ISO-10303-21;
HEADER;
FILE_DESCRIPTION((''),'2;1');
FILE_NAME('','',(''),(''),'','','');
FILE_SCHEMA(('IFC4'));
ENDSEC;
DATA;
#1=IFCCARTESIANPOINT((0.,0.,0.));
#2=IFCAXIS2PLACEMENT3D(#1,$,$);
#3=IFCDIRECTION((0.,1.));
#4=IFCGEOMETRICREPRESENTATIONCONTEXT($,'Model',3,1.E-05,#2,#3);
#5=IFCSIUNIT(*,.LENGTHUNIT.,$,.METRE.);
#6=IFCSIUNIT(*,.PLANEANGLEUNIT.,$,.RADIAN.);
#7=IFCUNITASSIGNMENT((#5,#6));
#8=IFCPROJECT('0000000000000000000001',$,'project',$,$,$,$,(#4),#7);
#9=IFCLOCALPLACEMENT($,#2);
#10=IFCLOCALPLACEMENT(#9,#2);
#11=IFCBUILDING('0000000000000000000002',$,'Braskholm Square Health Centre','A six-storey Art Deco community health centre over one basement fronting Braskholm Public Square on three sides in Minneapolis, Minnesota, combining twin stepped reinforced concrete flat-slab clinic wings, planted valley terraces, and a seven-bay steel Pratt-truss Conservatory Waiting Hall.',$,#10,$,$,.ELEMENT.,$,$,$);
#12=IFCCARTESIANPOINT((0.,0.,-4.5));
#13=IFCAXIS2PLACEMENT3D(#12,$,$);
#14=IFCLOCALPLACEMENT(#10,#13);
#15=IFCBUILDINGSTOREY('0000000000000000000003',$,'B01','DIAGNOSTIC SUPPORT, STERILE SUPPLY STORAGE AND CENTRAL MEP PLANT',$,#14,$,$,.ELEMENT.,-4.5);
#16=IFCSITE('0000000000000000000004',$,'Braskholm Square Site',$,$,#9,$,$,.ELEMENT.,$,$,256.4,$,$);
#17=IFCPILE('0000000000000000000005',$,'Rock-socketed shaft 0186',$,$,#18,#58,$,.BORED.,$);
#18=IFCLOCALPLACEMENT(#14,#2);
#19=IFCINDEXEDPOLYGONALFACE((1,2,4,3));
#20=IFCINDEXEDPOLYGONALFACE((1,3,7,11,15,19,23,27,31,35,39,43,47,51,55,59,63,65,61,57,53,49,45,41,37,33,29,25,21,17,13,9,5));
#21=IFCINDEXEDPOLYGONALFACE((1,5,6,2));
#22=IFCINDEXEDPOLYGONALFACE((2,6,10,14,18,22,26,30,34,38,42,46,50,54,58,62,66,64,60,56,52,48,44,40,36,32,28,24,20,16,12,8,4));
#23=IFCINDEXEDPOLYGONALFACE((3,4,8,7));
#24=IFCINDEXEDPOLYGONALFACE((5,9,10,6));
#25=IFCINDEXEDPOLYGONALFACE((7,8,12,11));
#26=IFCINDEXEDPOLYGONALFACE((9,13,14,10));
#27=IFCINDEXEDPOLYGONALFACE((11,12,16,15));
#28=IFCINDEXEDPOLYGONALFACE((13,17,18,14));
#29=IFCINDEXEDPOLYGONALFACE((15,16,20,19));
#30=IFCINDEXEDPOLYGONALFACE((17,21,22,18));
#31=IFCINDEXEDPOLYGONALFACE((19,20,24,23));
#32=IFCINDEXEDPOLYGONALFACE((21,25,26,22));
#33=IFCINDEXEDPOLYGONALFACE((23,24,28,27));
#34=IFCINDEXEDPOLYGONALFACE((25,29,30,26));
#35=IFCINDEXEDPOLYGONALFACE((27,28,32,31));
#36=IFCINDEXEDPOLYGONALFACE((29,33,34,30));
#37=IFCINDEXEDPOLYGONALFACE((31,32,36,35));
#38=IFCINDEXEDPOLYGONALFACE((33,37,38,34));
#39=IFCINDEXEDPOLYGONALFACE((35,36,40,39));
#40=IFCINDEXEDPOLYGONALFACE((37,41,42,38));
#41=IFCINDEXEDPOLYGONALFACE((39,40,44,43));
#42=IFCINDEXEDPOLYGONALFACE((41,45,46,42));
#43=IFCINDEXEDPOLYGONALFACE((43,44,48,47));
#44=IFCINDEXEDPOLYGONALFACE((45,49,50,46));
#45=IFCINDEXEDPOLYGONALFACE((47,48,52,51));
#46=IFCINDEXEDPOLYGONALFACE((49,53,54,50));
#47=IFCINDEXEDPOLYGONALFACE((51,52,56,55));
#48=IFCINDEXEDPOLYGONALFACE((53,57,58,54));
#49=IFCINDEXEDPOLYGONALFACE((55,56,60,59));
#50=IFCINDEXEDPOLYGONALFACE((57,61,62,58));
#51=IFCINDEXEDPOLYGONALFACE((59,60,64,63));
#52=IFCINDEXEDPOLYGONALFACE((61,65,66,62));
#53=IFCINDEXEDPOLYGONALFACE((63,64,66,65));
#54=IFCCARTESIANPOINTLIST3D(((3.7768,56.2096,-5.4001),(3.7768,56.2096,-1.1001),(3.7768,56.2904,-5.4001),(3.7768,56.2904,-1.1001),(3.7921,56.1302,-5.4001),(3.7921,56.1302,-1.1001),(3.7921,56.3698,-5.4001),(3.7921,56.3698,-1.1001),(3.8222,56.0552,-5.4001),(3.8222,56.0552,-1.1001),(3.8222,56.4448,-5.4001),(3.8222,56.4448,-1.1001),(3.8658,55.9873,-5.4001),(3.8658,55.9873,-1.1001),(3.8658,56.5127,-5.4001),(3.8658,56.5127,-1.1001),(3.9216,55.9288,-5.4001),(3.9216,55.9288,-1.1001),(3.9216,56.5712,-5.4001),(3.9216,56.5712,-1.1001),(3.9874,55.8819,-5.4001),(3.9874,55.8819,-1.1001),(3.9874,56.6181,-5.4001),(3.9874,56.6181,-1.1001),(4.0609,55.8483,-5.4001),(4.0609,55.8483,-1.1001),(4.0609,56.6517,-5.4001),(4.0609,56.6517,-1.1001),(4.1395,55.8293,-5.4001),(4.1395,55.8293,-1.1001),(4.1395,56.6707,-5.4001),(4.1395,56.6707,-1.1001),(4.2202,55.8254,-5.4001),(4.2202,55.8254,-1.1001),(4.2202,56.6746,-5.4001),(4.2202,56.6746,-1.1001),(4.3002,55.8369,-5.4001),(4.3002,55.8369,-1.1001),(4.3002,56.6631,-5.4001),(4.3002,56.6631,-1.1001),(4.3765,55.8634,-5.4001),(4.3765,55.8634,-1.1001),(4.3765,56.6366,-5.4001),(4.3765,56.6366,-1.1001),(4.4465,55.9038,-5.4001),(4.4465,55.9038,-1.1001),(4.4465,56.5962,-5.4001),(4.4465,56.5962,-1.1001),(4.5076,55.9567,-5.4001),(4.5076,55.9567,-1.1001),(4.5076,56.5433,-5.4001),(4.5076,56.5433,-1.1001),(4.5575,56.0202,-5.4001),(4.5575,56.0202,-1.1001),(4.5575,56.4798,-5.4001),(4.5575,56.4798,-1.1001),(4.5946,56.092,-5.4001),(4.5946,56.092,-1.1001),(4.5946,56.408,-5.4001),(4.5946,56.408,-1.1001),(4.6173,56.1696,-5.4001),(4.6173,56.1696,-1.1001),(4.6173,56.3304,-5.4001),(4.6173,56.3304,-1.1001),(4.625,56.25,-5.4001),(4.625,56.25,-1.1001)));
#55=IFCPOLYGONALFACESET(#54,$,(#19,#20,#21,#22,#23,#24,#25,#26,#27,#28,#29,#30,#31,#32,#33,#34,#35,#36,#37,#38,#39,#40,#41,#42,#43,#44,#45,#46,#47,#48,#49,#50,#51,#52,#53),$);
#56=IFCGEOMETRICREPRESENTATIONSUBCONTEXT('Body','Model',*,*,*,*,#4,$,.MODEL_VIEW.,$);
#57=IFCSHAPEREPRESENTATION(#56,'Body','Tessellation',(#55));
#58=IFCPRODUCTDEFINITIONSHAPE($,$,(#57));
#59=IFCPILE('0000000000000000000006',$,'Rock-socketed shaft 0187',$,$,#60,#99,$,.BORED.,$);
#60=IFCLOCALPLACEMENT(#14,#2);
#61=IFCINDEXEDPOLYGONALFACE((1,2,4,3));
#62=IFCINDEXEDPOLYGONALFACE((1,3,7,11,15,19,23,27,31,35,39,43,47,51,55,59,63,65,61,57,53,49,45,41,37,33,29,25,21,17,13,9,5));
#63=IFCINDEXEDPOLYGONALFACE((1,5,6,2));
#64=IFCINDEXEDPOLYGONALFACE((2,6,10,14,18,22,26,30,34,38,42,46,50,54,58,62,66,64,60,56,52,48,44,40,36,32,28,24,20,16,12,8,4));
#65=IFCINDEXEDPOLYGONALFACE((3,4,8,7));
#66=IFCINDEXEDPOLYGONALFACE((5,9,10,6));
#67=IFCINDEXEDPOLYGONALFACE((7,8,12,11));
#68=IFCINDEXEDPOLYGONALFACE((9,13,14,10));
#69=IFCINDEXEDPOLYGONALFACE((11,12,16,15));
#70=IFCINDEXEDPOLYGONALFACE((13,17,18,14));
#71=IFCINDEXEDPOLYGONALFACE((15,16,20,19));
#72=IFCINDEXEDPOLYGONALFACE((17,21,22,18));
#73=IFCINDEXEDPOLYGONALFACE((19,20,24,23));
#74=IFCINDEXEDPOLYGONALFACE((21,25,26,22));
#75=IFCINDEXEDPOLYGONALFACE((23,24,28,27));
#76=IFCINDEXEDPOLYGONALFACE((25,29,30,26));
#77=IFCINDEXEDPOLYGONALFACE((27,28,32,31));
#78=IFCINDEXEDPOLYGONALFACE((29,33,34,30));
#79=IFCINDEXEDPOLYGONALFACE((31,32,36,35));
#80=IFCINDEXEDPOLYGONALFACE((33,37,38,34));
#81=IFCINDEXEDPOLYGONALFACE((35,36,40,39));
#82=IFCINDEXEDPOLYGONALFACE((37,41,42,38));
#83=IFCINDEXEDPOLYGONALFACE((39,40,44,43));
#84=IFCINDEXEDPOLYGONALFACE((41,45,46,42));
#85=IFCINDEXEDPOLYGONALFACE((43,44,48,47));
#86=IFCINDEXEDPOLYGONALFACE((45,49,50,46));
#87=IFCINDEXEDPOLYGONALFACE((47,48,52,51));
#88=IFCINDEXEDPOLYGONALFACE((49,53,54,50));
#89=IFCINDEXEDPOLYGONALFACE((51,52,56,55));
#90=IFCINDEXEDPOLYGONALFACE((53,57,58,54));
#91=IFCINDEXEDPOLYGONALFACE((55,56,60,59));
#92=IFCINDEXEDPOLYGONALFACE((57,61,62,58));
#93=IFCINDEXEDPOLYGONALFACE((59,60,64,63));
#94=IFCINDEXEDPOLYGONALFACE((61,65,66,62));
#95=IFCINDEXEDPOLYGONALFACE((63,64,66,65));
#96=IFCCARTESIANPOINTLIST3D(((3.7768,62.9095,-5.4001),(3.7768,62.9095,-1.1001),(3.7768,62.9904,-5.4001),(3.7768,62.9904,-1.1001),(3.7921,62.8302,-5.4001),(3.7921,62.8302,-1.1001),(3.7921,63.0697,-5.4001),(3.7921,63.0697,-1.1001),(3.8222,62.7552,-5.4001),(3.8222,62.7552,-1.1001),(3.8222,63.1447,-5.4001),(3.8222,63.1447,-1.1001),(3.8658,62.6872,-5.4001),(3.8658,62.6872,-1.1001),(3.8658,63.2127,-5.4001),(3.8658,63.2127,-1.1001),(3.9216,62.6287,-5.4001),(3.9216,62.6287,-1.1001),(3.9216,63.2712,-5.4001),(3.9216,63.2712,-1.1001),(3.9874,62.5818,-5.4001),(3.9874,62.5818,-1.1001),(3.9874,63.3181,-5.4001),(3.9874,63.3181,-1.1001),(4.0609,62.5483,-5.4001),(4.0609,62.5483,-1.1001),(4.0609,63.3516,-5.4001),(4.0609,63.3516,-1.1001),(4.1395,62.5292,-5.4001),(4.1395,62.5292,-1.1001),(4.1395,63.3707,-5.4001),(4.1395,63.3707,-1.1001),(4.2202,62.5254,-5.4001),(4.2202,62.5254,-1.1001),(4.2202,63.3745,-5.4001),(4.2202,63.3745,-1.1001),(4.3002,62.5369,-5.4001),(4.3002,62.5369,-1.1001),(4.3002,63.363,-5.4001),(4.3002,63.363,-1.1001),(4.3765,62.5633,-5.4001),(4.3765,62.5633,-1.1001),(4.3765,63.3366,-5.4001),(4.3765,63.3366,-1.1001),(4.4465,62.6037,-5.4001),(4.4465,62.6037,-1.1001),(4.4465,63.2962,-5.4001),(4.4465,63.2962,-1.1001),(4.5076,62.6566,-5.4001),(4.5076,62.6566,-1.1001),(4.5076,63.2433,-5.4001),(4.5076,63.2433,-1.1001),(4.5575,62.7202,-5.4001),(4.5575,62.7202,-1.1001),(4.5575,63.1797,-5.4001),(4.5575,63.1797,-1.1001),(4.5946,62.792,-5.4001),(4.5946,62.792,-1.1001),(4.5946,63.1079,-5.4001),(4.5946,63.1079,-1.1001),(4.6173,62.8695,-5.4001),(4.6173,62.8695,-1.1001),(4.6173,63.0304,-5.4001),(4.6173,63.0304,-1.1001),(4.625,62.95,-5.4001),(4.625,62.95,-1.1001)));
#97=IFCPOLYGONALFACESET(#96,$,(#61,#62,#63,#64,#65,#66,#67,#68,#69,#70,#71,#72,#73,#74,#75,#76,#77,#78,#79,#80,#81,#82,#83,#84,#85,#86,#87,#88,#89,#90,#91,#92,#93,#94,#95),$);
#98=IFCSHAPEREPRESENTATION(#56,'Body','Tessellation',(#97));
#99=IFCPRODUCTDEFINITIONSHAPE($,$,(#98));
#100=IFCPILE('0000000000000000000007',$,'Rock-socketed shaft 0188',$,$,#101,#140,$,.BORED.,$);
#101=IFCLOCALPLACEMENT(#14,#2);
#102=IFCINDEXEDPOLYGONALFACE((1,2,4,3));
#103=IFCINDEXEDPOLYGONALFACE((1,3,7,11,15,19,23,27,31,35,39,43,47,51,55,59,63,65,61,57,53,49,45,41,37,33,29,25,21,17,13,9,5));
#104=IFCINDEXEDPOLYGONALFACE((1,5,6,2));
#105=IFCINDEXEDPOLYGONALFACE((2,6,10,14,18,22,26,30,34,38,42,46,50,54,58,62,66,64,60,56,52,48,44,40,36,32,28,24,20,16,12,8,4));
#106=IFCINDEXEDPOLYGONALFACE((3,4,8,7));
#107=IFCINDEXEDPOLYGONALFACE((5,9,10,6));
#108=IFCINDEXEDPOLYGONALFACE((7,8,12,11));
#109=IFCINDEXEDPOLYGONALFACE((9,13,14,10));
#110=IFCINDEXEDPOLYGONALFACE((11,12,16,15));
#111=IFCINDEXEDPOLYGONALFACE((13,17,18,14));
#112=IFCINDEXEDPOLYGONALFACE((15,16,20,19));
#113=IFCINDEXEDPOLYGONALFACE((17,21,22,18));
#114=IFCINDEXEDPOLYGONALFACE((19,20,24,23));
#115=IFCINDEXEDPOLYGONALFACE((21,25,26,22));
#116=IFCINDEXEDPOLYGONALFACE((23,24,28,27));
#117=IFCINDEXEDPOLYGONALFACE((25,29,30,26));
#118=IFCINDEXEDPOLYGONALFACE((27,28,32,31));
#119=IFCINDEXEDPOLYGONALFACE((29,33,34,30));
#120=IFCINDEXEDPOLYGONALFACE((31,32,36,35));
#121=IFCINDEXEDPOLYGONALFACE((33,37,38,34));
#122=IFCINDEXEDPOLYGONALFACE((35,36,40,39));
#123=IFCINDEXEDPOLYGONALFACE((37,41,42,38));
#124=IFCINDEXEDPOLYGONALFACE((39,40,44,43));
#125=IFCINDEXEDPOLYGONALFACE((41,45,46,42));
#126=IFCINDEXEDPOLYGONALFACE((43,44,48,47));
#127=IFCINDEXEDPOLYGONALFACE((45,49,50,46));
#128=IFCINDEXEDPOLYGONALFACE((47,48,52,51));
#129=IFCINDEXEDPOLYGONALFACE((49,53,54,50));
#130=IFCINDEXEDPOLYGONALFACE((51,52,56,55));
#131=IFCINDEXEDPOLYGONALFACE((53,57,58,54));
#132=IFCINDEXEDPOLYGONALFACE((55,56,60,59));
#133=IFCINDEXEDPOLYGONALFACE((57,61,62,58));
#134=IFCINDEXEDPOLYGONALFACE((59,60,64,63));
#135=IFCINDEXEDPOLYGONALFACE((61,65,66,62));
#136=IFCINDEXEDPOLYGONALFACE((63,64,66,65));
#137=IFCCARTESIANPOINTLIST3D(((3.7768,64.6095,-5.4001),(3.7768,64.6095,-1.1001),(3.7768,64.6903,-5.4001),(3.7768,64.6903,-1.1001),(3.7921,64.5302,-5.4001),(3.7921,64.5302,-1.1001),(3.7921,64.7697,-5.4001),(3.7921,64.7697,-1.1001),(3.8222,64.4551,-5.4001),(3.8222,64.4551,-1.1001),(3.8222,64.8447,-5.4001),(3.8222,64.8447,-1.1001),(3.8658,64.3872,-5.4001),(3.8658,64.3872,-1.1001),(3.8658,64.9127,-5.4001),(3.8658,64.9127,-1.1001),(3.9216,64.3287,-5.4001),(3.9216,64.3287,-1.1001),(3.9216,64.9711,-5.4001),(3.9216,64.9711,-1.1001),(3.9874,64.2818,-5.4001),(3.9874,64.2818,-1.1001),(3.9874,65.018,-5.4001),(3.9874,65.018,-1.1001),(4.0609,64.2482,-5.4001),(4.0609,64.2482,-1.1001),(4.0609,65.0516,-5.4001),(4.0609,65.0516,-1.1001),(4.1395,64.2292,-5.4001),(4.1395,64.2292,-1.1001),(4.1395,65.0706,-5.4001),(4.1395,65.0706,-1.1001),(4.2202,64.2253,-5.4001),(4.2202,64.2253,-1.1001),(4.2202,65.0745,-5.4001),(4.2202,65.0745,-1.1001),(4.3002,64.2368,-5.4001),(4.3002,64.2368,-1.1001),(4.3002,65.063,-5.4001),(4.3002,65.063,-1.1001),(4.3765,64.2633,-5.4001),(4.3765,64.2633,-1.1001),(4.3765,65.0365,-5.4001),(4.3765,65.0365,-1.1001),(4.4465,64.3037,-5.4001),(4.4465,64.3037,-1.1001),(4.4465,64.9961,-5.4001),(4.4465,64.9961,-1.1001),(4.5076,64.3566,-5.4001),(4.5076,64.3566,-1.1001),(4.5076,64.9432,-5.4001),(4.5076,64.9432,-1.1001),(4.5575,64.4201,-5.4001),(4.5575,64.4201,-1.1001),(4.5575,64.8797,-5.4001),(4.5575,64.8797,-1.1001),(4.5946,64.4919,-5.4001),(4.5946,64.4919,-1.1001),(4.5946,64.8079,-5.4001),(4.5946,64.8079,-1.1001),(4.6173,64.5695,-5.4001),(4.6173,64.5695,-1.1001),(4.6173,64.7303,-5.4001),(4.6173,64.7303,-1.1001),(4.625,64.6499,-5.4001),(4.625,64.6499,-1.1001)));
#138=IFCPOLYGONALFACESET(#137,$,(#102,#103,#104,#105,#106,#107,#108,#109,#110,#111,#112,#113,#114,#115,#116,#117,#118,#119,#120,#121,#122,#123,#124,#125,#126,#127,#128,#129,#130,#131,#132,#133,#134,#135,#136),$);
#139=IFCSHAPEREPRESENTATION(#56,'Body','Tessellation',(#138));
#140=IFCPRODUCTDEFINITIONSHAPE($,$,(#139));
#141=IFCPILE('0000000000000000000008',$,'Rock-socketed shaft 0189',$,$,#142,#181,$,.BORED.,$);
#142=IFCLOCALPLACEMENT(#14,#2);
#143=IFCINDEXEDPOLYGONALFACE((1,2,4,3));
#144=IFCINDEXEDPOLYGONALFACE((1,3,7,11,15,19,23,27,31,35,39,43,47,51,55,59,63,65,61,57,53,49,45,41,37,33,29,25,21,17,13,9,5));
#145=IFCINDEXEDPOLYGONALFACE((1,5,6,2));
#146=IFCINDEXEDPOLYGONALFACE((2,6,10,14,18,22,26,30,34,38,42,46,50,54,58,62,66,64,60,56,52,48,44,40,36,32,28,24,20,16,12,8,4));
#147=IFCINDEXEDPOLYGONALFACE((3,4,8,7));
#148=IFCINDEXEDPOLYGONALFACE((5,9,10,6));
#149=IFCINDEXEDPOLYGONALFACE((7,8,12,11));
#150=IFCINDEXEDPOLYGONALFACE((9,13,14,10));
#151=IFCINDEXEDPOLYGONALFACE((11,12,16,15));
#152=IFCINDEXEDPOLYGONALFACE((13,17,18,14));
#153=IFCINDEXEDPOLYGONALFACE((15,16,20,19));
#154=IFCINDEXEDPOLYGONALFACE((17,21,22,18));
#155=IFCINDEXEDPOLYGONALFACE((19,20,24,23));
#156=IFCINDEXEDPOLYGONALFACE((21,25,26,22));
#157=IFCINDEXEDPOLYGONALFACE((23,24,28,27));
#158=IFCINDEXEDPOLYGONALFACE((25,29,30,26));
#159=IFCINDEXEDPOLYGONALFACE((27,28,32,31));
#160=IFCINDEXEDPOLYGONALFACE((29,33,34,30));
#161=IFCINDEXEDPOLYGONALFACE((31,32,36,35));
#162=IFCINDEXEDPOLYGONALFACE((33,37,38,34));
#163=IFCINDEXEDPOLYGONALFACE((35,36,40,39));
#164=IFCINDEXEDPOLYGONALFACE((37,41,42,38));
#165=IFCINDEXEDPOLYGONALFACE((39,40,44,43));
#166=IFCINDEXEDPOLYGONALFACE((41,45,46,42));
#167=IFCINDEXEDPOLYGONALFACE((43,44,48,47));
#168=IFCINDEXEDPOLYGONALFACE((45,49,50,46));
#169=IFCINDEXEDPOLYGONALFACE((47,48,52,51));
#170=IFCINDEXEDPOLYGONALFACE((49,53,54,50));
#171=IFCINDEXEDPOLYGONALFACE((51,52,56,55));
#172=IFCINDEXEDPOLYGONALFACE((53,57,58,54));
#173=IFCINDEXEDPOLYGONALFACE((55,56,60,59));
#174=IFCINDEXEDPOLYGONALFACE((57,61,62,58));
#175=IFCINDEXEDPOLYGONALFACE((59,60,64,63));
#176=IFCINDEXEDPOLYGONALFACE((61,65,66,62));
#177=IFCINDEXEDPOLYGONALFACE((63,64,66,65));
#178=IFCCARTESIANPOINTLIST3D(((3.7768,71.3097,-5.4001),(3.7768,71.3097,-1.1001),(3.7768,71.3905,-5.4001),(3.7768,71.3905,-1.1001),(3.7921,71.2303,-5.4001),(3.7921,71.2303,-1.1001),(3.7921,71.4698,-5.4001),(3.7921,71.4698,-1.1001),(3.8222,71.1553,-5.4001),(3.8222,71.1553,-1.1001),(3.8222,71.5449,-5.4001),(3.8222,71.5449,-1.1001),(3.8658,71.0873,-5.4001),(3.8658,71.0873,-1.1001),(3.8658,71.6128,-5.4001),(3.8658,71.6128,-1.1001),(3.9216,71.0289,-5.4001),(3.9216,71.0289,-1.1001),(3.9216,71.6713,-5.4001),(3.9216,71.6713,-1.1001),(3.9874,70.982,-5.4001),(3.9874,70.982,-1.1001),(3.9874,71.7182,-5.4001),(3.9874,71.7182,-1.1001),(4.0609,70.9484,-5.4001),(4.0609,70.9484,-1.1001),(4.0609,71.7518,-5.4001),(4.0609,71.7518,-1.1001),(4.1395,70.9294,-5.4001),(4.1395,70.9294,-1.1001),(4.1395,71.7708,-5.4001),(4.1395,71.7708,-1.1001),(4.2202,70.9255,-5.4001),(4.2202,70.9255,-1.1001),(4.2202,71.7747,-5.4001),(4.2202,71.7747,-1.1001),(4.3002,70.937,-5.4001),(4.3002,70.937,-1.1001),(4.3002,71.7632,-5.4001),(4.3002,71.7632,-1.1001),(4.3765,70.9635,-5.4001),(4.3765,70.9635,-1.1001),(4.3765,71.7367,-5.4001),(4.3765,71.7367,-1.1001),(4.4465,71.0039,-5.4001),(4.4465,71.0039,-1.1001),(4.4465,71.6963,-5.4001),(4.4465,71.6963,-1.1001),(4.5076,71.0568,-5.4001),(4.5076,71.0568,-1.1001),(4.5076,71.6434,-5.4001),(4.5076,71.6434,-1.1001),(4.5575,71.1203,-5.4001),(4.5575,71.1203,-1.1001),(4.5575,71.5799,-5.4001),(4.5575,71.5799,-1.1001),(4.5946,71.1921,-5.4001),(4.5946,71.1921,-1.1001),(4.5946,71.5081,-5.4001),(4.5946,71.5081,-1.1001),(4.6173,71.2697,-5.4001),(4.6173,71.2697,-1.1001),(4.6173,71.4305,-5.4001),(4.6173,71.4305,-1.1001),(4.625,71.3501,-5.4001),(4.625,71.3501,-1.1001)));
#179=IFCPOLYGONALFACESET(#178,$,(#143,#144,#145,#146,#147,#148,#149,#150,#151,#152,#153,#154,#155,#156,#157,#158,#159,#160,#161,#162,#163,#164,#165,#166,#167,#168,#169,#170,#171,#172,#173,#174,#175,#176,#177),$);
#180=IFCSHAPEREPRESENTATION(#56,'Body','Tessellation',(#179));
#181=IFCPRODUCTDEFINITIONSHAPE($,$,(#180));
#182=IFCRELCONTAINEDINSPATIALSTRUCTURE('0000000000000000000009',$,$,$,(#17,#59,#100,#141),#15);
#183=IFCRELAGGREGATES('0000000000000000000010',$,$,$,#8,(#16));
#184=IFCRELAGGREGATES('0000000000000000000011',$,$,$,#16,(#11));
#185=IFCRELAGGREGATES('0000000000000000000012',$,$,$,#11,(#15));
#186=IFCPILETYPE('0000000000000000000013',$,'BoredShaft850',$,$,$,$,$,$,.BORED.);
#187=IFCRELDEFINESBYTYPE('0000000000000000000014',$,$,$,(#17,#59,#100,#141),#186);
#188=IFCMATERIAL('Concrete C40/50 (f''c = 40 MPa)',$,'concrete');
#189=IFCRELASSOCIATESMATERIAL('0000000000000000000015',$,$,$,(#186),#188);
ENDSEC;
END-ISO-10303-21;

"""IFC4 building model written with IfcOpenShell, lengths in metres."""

from ifc_helpers import new_model, si_unit, direction, frame, origin, origin_2d, place, context, subcontext, project, spatial, circle, extrude, material, material_profile, profile_set, type_object, element, save


model = new_model("IFC4")

# Units and contexts
model_context = context("Model", 3, precision=1e-05, world=origin(), true_north=direction((0.0, 1.0)))
body_context = subcontext(model_context, "Body", "Model", "MODEL_VIEW")
ifc_project = project(units=[si_unit("LENGTHUNIT", "METRE"), si_unit("PLANEANGLEUNIT", "RADIAN")], contexts=[model_context])

# Site, building, storey
site_placement = place(None, origin())
site = spatial("IfcSite", under=ifc_project, at=site_placement, Name="Braskholm Square Site", CompositionType="ELEMENT", RefElevation=256.4)
building_placement = place(site_placement, origin())
building = spatial("IfcBuilding", under=site, at=building_placement, Name="Braskholm Square Health Centre", Description="A six-storey Art Deco community health centre over one basement fronting Braskholm Public Square on three sides in Minneapolis, Minnesota, combining twin stepped reinforced concrete flat-slab clinic wings, planted valley terraces, and a seven-bay steel Pratt-truss Conservatory Waiting Hall.", CompositionType="ELEMENT")
storey_placement = place(building_placement, frame((0.0, 0.0, -4.5)))
storey = spatial("IfcBuildingStorey", under=building, at=storey_placement, Name="B01", Description="DIAGNOSTIC SUPPORT, STERILE SUPPLY STORAGE AND CENTRAL MEP PLANT", CompositionType="ELEMENT", Elevation=-4.5)

# Piles
ifc_material_1 = material(Name="Concrete C40/50 (f'c = 40 MPa)", Category="concrete")
ifc_material_profile_1 = material_profile(ifc_material_1, circle(Radius=0.425, at=origin_2d()), Name="BORED-PILE-850")
ifc_profile_set_1 = profile_set([ifc_material_profile_1], Name="Concrete C40/50 (f'c = 40 MPa)")
pile_type_1 = type_object("IfcPileType", Name="BoredShaft850", PredefinedType="BORED", material=ifc_profile_set_1)
for number, where, z_axis, x_axis, name in (
    (1, (4.2, 56.25, -1.1001), (0.0, 0.0, -1.0), (1.0, 0.0, 0.0), "Rock-socketed shaft 0186"),
    (2, (4.2, 62.95, -1.1001), (0.0, 0.0, -1.0), (1.0, 0.0, 0.0), "Rock-socketed shaft 0187"),
    (3, (4.2, 64.6499, -1.1001), (0.0, 0.0, -1.0), (1.0, 0.0, 0.0), "Rock-socketed shaft 0188"),
    (4, (4.2, 71.3501, -1.1001), (0.0, 0.0, -1.0), (1.0, 0.0, 0.0), "Rock-socketed shaft 0189"),
):
    element("IfcPile", number, at=place(storey_placement, frame(where, z_axis=z_axis, x_axis=x_axis)), inside=storey, type_object=pile_type_1, Name=name, PredefinedType="BORED", context=body_context, shape_type="SweptSolid", body=[
        extrude(circle(Radius=0.425, at=origin_2d()), origin(), (0.0, 0.0, 1.0), 4.3),
    ])

save(model, "model.ifc")
